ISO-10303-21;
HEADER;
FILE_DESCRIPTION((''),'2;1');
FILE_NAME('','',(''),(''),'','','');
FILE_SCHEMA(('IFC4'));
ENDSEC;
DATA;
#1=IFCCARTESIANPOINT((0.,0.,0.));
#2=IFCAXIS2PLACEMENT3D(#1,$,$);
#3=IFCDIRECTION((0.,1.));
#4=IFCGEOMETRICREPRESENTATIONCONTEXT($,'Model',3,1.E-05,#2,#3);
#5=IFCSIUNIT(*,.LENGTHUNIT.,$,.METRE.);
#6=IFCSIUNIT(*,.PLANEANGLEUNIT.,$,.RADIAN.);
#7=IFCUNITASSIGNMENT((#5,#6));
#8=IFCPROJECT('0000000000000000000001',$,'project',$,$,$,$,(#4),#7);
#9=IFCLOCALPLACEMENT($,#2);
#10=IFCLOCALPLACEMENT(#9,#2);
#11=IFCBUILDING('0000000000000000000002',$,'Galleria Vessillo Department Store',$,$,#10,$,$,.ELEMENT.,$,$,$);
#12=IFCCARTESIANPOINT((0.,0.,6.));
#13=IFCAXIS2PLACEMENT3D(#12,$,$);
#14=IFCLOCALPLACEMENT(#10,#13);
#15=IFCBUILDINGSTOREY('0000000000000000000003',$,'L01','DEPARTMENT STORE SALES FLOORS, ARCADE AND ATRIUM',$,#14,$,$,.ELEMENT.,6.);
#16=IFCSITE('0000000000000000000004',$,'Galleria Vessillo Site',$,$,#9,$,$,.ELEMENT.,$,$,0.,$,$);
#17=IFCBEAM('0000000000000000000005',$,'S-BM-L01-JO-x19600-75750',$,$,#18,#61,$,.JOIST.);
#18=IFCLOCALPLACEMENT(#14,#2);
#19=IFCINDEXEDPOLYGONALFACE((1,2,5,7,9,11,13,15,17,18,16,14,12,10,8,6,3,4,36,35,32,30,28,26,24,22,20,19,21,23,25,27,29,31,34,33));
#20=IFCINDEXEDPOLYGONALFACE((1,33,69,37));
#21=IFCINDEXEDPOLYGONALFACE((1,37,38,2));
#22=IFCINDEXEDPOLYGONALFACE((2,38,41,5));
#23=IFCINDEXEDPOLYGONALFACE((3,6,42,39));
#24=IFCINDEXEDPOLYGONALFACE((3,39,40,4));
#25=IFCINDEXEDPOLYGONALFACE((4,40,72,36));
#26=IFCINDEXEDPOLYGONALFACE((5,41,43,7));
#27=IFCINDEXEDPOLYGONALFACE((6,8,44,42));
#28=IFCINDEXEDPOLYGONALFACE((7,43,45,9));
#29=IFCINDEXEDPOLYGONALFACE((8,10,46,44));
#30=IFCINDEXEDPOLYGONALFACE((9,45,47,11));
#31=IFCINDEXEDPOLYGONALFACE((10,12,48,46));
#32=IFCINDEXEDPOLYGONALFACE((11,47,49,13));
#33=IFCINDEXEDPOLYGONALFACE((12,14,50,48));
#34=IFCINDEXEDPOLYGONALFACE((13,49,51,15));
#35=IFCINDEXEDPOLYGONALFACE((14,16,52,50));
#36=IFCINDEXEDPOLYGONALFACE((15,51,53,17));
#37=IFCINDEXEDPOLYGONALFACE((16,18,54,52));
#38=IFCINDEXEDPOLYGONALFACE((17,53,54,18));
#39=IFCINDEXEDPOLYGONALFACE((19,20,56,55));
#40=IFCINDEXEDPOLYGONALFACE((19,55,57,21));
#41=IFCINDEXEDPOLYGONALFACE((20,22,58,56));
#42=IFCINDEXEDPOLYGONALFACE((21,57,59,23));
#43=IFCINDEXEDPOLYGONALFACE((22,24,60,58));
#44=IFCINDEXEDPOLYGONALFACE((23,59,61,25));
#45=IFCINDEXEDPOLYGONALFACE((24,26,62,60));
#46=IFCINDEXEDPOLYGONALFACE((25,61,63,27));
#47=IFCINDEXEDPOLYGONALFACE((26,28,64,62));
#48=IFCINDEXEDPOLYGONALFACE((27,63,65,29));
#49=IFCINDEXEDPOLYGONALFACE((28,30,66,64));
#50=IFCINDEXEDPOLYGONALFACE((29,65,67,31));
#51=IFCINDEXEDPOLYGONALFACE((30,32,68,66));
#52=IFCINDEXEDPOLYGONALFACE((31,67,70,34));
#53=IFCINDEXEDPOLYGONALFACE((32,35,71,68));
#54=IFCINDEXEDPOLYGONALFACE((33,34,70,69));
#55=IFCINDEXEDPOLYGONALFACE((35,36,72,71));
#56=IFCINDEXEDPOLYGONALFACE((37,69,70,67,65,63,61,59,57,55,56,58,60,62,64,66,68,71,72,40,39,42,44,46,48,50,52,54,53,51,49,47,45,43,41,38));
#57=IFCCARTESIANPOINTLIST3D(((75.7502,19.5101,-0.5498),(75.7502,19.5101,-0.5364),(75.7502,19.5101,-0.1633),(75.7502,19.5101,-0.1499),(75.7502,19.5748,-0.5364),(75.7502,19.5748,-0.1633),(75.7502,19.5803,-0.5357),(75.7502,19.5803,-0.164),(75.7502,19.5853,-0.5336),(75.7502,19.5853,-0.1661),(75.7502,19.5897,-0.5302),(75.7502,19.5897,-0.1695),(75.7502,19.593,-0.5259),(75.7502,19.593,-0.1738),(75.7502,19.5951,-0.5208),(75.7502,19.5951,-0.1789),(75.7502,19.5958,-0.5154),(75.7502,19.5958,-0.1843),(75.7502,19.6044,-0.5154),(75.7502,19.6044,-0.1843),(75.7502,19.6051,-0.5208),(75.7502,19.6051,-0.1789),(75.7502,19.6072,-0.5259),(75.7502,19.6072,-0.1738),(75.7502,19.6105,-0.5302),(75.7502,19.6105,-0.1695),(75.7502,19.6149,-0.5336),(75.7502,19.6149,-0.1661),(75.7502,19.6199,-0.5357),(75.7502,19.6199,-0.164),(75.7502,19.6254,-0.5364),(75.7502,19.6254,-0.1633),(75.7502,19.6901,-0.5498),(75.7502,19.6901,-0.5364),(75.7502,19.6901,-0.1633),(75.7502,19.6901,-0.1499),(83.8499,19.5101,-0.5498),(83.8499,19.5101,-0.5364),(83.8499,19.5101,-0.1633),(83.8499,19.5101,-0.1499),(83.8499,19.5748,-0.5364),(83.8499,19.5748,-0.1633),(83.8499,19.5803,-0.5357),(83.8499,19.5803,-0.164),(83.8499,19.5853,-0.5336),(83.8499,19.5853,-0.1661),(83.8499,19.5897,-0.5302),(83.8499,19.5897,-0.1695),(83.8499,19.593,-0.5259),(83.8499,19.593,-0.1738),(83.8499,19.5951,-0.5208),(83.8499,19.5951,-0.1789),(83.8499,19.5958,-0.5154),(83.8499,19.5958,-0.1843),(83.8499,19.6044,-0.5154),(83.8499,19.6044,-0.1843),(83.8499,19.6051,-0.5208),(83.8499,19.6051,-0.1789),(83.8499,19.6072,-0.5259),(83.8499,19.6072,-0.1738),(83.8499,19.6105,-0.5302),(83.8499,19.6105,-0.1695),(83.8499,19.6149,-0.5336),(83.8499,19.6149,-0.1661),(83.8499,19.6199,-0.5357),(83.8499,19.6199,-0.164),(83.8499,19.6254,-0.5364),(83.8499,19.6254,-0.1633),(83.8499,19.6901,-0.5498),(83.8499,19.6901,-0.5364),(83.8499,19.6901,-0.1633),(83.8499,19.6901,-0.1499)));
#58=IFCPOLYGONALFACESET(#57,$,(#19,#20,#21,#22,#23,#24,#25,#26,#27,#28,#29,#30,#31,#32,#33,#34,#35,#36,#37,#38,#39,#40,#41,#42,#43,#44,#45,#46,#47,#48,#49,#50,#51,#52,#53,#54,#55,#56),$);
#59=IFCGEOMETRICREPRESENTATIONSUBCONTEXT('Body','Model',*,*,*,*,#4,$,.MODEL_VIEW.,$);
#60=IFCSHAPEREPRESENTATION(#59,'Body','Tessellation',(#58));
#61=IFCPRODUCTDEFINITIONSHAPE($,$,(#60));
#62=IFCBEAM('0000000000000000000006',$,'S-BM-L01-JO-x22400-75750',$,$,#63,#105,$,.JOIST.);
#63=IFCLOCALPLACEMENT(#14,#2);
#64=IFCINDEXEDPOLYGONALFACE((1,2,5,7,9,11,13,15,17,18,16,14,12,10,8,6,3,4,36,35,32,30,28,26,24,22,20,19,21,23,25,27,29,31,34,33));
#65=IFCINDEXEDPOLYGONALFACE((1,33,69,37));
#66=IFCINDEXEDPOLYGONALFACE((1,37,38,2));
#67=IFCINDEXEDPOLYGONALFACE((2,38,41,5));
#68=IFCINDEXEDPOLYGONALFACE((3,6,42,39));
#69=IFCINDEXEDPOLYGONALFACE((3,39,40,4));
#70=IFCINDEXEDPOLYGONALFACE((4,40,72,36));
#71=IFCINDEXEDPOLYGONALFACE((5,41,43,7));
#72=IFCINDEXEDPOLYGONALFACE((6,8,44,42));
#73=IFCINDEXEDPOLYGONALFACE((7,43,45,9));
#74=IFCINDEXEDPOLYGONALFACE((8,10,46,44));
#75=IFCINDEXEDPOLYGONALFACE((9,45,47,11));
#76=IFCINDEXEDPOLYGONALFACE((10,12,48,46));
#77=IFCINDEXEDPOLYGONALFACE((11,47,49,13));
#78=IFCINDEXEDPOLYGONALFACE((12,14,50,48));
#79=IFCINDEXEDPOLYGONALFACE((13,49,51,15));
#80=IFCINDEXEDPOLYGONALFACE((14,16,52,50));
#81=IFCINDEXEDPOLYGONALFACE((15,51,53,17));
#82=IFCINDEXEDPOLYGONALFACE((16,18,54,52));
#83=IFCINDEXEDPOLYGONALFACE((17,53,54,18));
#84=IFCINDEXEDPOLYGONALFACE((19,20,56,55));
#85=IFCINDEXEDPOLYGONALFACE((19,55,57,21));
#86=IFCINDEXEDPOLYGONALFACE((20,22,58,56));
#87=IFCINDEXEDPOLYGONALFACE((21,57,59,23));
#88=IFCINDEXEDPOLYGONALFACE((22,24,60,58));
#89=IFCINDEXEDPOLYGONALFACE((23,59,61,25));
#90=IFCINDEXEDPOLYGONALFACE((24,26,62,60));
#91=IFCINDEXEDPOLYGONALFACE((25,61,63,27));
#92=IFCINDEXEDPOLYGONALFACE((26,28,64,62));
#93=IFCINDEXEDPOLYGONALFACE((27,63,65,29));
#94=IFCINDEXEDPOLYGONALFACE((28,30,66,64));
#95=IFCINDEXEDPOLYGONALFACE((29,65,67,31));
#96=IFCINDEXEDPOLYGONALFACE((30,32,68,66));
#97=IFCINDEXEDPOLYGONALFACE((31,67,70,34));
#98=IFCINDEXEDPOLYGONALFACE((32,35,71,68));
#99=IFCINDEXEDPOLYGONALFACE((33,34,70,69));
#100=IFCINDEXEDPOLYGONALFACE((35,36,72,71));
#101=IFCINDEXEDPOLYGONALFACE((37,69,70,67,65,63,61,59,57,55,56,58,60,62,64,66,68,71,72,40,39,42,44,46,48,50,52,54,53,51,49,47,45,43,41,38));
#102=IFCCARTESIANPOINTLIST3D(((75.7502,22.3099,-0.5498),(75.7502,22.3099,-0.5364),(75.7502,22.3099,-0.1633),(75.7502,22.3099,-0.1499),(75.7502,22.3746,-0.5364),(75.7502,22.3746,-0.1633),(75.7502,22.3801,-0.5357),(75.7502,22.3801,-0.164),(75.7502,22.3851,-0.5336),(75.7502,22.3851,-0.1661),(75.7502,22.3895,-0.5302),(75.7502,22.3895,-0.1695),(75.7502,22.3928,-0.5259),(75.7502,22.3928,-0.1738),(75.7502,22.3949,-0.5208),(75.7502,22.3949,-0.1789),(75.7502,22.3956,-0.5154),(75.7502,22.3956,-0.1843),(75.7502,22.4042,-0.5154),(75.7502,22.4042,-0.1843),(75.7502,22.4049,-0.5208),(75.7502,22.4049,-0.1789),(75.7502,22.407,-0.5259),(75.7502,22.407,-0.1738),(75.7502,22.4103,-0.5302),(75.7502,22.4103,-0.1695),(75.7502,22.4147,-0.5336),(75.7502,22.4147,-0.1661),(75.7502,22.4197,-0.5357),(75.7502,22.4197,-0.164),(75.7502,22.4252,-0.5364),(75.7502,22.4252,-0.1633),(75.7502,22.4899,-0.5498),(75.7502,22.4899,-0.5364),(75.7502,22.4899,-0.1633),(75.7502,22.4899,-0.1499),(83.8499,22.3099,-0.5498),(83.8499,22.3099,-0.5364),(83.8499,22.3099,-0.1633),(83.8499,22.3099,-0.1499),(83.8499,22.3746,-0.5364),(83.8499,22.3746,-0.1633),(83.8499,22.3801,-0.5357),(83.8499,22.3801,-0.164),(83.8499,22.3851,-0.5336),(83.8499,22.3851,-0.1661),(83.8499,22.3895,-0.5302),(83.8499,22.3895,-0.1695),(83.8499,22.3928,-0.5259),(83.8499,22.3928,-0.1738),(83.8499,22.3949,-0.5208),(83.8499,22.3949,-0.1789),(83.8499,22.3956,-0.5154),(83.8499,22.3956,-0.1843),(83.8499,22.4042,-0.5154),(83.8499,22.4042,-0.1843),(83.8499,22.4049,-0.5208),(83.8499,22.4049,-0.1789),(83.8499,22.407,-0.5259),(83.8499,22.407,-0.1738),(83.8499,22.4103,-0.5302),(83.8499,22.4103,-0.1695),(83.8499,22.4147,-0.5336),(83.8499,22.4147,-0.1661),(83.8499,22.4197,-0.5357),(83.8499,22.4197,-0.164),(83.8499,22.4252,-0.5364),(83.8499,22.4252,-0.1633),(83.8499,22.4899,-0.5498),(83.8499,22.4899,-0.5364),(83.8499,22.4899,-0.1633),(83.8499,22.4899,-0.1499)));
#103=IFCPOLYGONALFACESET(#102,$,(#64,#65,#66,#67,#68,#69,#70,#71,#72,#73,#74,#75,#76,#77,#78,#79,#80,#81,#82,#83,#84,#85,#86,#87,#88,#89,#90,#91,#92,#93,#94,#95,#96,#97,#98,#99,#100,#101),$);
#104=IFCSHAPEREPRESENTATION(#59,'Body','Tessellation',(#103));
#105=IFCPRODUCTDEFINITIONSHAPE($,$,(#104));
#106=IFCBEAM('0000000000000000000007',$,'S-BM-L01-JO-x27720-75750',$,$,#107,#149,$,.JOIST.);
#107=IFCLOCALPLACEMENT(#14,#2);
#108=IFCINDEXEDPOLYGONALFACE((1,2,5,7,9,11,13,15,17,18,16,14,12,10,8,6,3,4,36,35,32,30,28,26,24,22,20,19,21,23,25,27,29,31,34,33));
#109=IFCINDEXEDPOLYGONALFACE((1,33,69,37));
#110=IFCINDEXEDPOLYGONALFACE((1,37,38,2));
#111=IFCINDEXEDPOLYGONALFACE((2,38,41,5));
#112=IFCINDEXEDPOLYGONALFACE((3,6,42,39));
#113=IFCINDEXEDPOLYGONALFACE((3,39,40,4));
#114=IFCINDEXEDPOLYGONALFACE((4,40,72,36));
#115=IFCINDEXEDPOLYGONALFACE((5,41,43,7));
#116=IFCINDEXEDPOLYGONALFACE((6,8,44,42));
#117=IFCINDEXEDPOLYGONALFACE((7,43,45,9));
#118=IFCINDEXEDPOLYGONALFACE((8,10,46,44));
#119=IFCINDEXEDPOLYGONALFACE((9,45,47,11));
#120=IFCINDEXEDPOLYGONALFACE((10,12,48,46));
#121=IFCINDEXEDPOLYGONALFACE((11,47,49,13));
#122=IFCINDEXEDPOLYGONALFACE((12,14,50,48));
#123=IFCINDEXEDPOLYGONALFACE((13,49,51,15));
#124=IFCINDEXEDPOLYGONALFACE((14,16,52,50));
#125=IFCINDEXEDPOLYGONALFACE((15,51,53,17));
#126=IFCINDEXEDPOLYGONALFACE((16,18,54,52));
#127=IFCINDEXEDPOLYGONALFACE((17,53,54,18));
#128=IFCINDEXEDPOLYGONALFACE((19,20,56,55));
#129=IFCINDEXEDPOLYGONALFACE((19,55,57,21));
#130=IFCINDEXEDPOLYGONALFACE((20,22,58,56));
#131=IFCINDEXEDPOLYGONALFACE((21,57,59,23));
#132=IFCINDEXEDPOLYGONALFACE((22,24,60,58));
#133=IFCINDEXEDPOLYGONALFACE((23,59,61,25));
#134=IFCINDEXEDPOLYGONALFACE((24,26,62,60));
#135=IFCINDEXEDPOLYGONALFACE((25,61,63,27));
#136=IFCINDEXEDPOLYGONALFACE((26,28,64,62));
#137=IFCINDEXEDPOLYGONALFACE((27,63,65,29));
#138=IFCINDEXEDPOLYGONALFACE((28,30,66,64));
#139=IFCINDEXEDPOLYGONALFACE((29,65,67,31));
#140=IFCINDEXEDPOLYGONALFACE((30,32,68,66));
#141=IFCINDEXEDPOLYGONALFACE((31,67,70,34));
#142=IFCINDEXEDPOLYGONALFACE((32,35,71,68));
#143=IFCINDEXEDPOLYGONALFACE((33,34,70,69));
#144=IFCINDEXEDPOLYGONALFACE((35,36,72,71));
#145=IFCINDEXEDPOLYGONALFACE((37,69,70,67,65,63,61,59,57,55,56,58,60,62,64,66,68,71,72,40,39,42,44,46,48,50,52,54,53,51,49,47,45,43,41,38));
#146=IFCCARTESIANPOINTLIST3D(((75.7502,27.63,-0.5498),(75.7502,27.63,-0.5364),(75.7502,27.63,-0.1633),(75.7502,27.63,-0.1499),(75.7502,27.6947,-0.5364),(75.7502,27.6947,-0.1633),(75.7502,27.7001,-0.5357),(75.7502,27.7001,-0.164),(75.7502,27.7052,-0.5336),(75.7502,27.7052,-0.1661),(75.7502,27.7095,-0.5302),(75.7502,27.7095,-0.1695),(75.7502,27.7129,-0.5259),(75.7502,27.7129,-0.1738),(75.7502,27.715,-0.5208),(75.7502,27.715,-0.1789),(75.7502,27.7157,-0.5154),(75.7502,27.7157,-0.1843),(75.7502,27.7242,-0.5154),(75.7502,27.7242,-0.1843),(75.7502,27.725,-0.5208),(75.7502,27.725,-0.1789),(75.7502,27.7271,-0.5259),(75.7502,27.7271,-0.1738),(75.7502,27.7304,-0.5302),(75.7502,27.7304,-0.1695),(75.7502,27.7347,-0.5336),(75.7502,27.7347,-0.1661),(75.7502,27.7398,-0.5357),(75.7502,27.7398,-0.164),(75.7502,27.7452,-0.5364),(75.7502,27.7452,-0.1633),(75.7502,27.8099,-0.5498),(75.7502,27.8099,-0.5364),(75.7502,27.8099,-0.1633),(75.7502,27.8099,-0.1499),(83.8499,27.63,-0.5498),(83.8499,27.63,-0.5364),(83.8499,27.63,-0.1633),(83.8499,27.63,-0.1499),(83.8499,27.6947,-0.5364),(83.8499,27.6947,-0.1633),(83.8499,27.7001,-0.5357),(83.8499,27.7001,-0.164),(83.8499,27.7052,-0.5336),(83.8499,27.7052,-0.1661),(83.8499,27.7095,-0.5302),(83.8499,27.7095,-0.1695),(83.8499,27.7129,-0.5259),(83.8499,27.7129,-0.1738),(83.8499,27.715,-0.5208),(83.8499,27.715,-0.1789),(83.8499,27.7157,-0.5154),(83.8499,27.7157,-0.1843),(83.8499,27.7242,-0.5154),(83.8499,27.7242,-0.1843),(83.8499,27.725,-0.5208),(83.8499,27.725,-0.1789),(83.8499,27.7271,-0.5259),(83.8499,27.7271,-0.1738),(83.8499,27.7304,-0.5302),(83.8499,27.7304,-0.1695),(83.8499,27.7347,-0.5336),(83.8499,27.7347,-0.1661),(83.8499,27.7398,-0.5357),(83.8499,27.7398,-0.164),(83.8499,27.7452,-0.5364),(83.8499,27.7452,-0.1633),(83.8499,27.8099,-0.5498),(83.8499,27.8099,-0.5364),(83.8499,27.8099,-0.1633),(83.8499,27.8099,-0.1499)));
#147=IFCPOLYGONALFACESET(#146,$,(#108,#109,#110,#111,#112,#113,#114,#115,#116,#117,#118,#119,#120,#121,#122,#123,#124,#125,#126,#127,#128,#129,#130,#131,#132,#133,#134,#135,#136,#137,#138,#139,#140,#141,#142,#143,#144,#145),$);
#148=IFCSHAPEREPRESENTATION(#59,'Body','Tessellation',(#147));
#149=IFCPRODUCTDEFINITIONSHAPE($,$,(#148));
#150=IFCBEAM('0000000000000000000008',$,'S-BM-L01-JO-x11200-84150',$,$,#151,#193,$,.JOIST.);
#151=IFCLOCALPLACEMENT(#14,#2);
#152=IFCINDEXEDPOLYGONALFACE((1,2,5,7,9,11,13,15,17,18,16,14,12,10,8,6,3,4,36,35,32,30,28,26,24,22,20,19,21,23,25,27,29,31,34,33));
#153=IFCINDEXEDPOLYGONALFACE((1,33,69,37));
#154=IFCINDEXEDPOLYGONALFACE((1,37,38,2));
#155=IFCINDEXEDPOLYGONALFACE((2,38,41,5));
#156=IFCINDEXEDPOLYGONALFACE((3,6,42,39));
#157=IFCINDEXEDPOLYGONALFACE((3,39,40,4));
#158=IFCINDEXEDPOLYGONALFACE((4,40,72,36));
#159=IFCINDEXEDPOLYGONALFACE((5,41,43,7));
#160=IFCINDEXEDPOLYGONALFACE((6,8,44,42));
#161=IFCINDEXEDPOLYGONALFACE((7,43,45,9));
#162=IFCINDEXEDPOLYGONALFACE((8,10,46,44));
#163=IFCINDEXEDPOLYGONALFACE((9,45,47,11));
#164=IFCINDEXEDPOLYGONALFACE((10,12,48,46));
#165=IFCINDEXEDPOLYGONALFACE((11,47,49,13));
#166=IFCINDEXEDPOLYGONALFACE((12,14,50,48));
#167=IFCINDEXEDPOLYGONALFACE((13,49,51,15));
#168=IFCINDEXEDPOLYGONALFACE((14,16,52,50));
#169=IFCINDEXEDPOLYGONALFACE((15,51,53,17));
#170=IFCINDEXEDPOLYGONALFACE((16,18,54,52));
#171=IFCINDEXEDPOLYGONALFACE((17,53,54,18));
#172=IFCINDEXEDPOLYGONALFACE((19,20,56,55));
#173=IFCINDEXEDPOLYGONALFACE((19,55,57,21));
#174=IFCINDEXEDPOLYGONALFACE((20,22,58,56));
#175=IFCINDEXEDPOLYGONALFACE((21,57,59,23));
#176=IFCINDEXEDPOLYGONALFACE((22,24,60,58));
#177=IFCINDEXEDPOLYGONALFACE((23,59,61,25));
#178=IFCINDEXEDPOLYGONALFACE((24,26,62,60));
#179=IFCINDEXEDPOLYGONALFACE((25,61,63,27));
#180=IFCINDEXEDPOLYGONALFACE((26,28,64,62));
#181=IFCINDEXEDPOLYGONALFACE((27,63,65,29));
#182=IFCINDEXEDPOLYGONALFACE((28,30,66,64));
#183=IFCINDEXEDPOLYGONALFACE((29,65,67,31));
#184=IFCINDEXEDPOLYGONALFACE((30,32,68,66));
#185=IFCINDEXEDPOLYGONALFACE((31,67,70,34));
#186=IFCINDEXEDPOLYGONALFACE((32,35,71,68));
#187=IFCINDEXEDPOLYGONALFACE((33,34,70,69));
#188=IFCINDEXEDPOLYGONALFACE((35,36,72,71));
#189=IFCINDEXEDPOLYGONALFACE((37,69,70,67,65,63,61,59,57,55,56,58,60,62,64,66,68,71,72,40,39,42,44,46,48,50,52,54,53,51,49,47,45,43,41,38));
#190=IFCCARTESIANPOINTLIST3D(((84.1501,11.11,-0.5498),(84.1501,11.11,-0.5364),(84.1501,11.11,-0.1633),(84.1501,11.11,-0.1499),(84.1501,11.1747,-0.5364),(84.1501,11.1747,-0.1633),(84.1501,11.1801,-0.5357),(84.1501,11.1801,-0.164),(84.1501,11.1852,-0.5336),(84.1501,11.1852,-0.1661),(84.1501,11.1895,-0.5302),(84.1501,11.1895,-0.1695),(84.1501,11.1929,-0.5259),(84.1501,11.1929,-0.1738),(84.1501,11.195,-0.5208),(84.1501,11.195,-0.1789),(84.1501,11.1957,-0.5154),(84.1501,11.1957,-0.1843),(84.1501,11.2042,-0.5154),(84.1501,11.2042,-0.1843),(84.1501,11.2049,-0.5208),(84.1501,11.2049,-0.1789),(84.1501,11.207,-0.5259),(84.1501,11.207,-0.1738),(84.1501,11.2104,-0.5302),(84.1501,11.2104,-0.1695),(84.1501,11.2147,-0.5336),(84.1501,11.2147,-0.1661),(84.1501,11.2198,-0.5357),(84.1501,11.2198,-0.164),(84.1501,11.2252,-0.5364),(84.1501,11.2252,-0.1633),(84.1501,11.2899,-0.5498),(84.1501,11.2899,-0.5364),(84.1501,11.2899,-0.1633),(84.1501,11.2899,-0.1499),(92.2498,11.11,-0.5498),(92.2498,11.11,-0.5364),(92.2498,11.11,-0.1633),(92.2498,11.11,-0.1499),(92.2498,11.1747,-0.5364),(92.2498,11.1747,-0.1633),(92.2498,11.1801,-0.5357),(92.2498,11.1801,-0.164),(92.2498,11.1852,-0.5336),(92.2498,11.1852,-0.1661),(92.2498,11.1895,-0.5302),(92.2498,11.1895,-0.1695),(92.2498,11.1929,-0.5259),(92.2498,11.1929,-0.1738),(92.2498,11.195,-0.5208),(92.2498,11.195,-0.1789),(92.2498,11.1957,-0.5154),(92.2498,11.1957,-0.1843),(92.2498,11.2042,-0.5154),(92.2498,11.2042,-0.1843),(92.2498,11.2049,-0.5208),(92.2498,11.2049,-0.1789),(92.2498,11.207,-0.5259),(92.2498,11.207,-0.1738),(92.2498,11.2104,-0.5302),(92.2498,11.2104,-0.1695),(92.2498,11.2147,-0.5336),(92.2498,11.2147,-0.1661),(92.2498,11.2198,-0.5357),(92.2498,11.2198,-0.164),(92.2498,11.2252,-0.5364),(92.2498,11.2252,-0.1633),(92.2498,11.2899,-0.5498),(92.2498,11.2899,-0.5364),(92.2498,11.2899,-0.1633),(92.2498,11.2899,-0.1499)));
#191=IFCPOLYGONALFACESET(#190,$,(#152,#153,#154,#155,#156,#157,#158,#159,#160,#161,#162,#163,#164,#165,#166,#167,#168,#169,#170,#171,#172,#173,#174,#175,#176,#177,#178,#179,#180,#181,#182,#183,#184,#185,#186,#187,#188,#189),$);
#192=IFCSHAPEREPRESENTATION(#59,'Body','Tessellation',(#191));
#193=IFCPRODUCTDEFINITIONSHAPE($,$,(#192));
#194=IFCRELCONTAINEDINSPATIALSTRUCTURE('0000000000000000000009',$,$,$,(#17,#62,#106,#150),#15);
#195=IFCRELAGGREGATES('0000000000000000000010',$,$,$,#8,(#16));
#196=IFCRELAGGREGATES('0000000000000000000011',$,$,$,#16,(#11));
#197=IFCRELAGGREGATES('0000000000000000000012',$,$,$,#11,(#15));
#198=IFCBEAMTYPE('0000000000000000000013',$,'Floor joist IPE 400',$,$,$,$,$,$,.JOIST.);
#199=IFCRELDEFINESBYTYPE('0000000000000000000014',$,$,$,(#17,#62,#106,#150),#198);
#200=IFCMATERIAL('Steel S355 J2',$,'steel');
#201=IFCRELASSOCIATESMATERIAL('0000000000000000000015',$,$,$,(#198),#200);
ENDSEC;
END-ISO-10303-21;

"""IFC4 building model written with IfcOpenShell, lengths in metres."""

from ifc_helpers import new_model, si_unit, direction, frame, origin, origin_2d, place, context, subcontext, project, spatial, i_section, extrude, material, material_profile, profile_set, type_object, element, save


model = new_model("IFC4")

# Units and contexts
model_context = context("Model", 3, precision=1e-05, world=origin(), true_north=direction((0.0, 1.0)))
body_context = subcontext(model_context, "Body", "Model", "MODEL_VIEW")
ifc_project = project(units=[si_unit("LENGTHUNIT", "METRE"), si_unit("PLANEANGLEUNIT", "RADIAN")], contexts=[model_context])

# Site, building, storey
site_placement = place(None, origin())
site = spatial("IfcSite", under=ifc_project, at=site_placement, Name="Galleria Vessillo Site", CompositionType="ELEMENT", RefElevation=0.0)
building_placement = place(site_placement, origin())
building = spatial("IfcBuilding", under=site, at=building_placement, Name="Galleria Vessillo Department Store", CompositionType="ELEMENT")
storey_placement = place(building_placement, frame((0.0, 0.0, 6.0)))
storey = spatial("IfcBuildingStorey", under=building, at=storey_placement, Name="L01", Description="DEPARTMENT STORE SALES FLOORS, ARCADE AND ATRIUM", CompositionType="ELEMENT", Elevation=6.0)

# Beams
ifc_material_1 = material(Name="Steel S355 J2", Category="steel")
ifc_material_profile_1 = material_profile(ifc_material_1, i_section(OverallWidth=0.1799, OverallDepth=0.3999, WebThickness=0.0085, FlangeThickness=0.0134, FilletRadius=0.021, at=origin_2d()), Name="IPE 400")
ifc_profile_set_1 = profile_set([ifc_material_profile_1], Name="Steel S355 J2")
beam_type_1 = type_object("IfcBeamType", Name="Floor joist IPE 400", PredefinedType="JOIST", material=ifc_profile_set_1)
for number, where, z_axis, x_axis, name in (
    (1, (75.7502, 19.6001, -0.3499), (1.0, 0.0, 0.0), (0.0, 1.0, 0.0), "S-BM-L01-JO-x19600-75750"),
    (2, (75.7502, 22.3999, -0.3499), (1.0, 0.0, 0.0), (0.0, 1.0, 0.0), "S-BM-L01-JO-x22400-75750"),
    (3, (75.7502, 27.72, -0.3499), (1.0, 0.0, 0.0), (0.0, 1.0, 0.0), "S-BM-L01-JO-x27720-75750"),
    (4, (84.1501, 11.2, -0.3499), (1.0, 0.0, 0.0), (0.0, 1.0, 0.0), "S-BM-L01-JO-x11200-84150"),
):
    element("IfcBeam", number, at=place(storey_placement, frame(where, z_axis=z_axis, x_axis=x_axis)), inside=storey, type_object=beam_type_1, Name=name, PredefinedType="JOIST", context=body_context, shape_type="SweptSolid", body=[
        extrude(i_section(OverallWidth=0.1799, OverallDepth=0.3999, WebThickness=0.0085, FlangeThickness=0.0134, FilletRadius=0.021, at=origin_2d()), origin(), (0.0, 0.0, 1.0), 8.0996),
    ])

save(model, "model.ifc")
